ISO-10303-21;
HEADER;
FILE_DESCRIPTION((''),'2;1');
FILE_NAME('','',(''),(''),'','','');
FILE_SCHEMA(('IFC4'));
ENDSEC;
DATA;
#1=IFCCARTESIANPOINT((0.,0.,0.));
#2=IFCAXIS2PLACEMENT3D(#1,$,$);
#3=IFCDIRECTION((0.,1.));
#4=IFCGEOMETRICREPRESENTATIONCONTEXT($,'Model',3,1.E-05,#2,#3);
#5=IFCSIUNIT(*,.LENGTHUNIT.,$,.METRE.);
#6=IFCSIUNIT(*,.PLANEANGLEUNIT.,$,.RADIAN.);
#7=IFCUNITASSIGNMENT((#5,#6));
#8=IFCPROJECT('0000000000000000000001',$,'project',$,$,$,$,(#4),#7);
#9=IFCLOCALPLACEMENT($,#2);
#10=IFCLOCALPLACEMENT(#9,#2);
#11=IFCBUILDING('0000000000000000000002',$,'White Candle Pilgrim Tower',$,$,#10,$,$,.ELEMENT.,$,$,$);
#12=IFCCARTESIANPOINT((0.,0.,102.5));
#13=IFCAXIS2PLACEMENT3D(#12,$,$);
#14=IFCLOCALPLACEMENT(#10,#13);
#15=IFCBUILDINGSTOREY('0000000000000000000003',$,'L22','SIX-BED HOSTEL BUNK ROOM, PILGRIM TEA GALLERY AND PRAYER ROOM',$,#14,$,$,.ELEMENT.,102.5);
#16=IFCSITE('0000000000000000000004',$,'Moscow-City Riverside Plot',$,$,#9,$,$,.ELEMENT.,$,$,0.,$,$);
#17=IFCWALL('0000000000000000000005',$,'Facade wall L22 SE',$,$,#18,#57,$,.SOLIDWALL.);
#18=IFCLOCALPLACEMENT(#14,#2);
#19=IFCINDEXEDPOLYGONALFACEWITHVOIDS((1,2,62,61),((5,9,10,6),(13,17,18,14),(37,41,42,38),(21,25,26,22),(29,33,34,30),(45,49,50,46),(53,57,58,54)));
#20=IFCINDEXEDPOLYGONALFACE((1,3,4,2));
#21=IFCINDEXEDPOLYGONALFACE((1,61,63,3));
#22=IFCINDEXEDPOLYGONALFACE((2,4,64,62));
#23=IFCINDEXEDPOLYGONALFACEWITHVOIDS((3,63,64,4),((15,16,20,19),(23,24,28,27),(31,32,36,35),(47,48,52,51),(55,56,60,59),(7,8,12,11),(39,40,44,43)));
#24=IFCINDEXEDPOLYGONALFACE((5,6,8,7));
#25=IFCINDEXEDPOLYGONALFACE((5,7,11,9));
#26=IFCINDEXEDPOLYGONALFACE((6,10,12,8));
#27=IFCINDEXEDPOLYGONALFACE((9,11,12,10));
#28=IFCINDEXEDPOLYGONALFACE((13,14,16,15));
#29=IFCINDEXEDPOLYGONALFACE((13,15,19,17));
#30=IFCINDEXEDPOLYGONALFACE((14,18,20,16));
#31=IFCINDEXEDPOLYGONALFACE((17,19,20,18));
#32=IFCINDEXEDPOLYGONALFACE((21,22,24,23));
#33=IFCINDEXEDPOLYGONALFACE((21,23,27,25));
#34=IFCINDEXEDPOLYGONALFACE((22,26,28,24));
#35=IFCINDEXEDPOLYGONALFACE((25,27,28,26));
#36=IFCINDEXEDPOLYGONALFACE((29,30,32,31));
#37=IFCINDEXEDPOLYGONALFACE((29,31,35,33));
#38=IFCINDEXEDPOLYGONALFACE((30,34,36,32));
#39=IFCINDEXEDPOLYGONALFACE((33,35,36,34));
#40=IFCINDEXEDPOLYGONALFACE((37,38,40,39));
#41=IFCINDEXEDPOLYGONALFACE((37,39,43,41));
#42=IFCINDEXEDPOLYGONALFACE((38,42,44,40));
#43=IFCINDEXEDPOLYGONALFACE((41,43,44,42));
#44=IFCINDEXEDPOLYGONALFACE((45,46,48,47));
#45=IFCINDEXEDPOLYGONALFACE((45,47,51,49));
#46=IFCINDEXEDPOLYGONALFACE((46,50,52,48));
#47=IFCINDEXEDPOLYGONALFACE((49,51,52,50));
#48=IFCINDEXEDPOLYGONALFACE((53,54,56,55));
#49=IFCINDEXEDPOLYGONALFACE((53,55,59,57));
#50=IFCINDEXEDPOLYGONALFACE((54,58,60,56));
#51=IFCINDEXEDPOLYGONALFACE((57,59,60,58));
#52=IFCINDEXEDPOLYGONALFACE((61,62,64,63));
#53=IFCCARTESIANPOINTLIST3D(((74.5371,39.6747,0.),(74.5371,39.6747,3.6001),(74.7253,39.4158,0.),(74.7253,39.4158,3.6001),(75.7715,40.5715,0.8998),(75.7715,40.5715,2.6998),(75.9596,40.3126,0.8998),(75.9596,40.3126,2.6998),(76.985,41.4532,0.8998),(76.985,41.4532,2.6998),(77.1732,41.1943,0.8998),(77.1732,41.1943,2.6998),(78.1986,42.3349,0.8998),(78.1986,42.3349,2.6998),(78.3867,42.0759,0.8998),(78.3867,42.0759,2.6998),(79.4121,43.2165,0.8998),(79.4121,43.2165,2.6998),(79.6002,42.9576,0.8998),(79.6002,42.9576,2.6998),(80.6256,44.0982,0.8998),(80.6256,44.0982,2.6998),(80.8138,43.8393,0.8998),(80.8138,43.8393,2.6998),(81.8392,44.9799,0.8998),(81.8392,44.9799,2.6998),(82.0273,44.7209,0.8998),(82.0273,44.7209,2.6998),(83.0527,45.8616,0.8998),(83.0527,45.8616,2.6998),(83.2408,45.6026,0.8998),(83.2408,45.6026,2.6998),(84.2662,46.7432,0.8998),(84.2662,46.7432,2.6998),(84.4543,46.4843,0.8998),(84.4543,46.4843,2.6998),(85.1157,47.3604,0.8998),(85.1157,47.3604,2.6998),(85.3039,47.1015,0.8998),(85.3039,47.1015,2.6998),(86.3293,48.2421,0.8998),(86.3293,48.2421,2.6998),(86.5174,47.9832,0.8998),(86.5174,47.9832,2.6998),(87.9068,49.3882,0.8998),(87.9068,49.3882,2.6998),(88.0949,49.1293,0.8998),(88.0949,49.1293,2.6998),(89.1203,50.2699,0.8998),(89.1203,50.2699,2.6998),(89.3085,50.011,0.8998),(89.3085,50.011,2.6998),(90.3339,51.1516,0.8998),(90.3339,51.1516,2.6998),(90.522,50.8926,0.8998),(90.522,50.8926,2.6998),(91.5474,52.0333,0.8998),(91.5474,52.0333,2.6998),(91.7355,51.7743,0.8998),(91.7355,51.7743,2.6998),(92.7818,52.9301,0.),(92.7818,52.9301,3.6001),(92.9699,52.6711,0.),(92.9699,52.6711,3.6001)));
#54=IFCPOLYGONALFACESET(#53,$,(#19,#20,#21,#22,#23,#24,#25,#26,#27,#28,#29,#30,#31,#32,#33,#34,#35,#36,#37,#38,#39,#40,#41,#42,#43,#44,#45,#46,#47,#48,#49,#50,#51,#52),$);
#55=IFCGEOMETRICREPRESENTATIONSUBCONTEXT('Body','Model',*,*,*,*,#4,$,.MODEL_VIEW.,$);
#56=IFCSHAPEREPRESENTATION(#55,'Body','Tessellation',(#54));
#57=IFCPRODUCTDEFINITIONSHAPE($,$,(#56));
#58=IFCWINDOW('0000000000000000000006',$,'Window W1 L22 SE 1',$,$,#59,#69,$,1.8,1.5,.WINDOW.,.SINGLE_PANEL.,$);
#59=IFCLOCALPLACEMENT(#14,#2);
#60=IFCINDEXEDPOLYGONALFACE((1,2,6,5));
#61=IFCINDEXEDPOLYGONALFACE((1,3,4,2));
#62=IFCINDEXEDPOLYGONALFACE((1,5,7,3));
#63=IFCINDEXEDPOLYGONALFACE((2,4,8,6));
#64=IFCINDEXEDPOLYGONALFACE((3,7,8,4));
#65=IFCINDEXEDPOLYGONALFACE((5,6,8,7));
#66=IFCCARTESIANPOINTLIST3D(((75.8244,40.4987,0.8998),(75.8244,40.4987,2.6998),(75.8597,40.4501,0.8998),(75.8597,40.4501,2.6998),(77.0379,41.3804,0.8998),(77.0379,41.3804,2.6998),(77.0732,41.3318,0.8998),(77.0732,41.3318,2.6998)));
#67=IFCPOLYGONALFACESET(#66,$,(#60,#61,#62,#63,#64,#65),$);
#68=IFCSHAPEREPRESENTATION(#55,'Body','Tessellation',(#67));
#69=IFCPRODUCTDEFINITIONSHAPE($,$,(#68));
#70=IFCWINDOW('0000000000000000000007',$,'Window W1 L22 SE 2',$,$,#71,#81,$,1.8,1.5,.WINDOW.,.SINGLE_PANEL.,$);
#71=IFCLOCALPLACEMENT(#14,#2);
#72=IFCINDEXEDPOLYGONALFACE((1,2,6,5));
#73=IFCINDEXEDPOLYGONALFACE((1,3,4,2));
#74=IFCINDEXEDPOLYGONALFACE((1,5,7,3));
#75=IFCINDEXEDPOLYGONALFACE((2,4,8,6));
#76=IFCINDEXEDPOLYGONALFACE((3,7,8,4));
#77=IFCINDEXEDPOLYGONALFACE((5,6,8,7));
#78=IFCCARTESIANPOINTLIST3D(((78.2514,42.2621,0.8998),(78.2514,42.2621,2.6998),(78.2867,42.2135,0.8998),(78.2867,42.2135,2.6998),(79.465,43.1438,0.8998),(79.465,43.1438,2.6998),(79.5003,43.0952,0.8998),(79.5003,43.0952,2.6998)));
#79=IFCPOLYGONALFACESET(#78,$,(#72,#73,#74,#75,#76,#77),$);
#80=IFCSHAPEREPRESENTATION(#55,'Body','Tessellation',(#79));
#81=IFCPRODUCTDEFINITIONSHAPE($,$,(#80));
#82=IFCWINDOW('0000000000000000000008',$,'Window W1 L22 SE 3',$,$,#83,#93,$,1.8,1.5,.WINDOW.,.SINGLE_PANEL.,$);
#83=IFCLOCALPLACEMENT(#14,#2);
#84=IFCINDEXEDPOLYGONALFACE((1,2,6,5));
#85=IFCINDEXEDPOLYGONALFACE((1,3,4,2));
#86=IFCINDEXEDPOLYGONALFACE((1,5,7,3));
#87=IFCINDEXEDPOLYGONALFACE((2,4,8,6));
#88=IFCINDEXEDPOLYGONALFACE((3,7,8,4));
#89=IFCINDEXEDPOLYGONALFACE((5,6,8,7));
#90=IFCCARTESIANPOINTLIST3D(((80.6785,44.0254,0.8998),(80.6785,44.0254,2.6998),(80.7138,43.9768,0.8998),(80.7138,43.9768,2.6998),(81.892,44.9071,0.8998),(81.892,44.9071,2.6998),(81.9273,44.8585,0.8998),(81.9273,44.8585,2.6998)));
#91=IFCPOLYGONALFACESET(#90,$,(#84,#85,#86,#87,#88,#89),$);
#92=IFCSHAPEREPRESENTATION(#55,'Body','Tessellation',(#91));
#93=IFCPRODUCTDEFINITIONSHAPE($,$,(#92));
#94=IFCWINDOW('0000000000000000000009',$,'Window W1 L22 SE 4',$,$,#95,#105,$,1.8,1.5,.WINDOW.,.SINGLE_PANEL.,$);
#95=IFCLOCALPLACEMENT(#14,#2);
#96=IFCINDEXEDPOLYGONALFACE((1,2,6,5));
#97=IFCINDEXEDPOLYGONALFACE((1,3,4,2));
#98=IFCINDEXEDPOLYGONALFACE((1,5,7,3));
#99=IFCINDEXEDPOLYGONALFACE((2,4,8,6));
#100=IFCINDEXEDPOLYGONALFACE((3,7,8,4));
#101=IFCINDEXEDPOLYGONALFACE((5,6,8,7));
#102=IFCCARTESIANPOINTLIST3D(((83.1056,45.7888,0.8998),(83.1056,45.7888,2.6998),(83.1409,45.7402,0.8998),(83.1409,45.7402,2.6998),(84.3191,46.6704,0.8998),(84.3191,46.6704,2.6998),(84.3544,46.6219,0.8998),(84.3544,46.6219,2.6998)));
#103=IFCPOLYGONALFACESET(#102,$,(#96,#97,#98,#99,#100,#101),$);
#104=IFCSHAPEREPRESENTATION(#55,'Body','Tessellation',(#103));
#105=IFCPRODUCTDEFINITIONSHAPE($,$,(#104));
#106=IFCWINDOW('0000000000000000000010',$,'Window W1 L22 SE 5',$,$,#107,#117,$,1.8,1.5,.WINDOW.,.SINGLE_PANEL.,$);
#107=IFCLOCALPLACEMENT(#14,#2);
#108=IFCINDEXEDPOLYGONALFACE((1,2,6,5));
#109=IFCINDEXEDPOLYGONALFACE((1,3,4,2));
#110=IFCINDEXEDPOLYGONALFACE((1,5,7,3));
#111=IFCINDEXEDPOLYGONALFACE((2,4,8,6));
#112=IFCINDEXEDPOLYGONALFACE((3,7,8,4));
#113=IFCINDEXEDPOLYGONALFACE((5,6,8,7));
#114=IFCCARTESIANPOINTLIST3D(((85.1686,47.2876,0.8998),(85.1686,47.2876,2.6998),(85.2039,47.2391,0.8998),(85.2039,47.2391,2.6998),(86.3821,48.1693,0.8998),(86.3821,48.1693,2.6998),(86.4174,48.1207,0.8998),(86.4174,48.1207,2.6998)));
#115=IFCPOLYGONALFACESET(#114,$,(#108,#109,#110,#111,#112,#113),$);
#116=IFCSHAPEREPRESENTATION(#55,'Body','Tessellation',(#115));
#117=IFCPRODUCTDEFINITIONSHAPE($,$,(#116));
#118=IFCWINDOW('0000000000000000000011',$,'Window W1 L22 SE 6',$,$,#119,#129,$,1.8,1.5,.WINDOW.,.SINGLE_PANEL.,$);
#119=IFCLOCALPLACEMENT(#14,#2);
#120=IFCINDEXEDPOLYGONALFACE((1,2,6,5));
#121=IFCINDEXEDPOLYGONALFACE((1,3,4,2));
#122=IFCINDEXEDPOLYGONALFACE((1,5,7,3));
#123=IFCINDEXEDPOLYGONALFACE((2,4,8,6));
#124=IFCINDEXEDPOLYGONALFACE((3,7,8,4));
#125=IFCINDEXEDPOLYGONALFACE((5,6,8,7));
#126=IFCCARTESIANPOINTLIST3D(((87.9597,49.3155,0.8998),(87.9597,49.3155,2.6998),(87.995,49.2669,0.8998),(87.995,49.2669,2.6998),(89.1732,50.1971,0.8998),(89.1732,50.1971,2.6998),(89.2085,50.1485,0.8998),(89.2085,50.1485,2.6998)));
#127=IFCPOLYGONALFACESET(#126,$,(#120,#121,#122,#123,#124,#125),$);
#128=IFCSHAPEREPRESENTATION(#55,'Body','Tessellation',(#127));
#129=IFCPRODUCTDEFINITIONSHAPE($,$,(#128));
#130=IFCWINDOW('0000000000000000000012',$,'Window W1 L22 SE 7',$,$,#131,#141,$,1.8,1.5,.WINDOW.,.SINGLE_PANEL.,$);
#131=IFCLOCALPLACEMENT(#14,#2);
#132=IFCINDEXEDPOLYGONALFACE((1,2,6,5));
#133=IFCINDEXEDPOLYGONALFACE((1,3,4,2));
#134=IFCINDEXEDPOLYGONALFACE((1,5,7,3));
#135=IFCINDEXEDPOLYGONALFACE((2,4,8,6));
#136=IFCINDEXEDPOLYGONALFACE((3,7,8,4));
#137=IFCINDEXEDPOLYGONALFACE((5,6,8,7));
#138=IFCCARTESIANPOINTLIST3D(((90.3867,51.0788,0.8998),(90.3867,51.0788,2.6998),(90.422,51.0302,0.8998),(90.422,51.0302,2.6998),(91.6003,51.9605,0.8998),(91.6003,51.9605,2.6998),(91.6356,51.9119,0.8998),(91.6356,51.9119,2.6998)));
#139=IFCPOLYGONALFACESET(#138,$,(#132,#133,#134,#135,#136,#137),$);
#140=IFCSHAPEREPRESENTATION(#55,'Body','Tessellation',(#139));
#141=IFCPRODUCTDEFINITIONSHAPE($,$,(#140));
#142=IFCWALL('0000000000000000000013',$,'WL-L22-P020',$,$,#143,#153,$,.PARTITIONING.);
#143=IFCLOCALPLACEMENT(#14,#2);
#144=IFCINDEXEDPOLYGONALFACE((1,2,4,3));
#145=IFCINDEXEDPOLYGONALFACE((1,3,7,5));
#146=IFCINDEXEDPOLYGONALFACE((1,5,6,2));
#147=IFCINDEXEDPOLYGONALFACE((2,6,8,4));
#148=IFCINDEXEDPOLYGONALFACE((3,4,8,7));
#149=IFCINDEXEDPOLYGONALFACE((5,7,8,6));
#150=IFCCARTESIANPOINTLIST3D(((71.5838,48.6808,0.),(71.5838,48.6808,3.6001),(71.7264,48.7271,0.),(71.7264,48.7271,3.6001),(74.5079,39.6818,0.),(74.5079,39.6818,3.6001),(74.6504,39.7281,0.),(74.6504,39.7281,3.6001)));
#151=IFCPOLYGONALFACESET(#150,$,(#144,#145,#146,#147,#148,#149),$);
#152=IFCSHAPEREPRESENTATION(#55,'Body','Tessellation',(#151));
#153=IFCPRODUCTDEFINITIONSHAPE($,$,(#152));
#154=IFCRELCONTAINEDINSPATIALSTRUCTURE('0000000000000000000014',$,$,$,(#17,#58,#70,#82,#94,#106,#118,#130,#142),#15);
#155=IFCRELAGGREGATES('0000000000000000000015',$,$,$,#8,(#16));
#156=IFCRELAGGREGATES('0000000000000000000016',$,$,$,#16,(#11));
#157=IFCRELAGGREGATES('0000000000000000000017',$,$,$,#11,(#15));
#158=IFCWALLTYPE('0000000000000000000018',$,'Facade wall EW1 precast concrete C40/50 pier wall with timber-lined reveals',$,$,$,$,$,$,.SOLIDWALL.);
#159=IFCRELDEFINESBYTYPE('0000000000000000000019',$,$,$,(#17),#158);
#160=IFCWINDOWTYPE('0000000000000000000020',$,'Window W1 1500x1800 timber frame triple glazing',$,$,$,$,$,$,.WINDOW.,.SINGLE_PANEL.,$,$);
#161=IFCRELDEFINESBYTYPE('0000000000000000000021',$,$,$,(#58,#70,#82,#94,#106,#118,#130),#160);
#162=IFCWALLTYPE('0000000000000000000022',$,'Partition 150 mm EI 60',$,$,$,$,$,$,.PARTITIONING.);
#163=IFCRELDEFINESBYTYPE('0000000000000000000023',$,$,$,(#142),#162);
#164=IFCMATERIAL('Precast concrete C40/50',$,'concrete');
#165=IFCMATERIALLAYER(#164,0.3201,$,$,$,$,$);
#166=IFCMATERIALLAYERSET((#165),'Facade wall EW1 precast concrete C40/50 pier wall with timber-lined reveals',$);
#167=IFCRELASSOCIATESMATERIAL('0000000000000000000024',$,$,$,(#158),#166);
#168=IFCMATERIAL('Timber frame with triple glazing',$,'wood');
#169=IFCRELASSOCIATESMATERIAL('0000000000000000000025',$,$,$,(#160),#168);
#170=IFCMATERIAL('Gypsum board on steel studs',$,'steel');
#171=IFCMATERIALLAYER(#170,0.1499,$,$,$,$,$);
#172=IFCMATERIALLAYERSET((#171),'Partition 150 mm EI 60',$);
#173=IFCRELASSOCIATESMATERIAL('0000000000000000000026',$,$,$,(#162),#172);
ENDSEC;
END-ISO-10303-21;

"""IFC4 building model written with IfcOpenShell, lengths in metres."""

from ifc_helpers import new_model, si_unit, direction, frame, frame_2d, origin, place, context, subcontext, project, spatial, rectangle, extrude, material, layer, layer_set, type_object, element, fill, save


model = new_model("IFC4")

# Units and contexts
model_context = context("Model", 3, precision=1e-05, world=origin(), true_north=direction((0.0, 1.0)))
body_context = subcontext(model_context, "Body", "Model", "MODEL_VIEW")
ifc_project = project(units=[si_unit("LENGTHUNIT", "METRE"), si_unit("PLANEANGLEUNIT", "RADIAN")], contexts=[model_context])

# Site, building, storey
site_placement = place(None, origin())
site = spatial("IfcSite", under=ifc_project, at=site_placement, Name="Moscow-City Riverside Plot", CompositionType="ELEMENT", RefElevation=0.0)
building_placement = place(site_placement, origin())
building = spatial("IfcBuilding", under=site, at=building_placement, Name="White Candle Pilgrim Tower", CompositionType="ELEMENT")
storey_placement = place(building_placement, frame((0.0, 0.0, 102.5)))
storey = spatial("IfcBuildingStorey", under=building, at=storey_placement, Name="L22", Description="SIX-BED HOSTEL BUNK ROOM, PILGRIM TEA GALLERY AND PRAYER ROOM", CompositionType="ELEMENT", Elevation=102.5)

# Shared definitions
ifc_material_1 = material(Name="Gypsum board on steel studs", Category="steel")

# Wall, openings, windows
ifc_material_2 = material(Name="Precast concrete C40/50", Category="concrete")
ifc_layer_1 = layer(ifc_material_2, 0.3201)
ifc_layer_set_1 = layer_set([ifc_layer_1], Name="Facade wall EW1 precast concrete C40/50 pier wall with timber-lined reveals")
wall_type_1 = type_object("IfcWallType", Name="Facade wall EW1 precast concrete C40/50 pier wall with timber-lined reveals", PredefinedType="SOLIDWALL", material=ifc_layer_set_1)
wall_1_placement = place(storey_placement, frame((74.6311, 39.5452, 0.0), z_axis=(0.0, 0.0, 1.0), x_axis=(0.80902, 0.587782, 0.0)))
wall_1 = element("IfcWall", 1, at=wall_1_placement, inside=storey, type_object=wall_type_1, Name="Facade wall L22 SE", PredefinedType="SOLIDWALL", context=body_context, shape_type="SweptSolid", body=[
    extrude(rectangle(XDim=22.5515, YDim=0.3201, at=frame_2d((11.2759, 0.0))), origin(), (0.0, 0.0, 1.0), 3.6001),
])
opening_1_placement = place(wall_1_placement, frame((1.5259, 0.0, 0.8999)))
opening_1 = element("IfcOpeningElement", 2, at=opening_1_placement, cuts=wall_1, PredefinedType="OPENING", context=body_context, shape_type="SweptSolid", body=[
    extrude(rectangle(XDim=1.5, YDim=1.8, at=frame_2d((0.75, 0.8999))), frame((0.0, 0.1699, 0.0), z_axis=(0.0, -1.0, 0.0), x_axis=(1.0, 0.0, 0.0)), (0.0, 0.0, 1.0), 0.3401),
])
opening_2_placement = place(wall_1_placement, frame((4.5259, 0.0, 0.8999)))
opening_2 = element("IfcOpeningElement", 3, at=opening_2_placement, cuts=wall_1, PredefinedType="OPENING", context=body_context, shape_type="SweptSolid", body=[
    extrude(rectangle(XDim=1.5, YDim=1.8, at=frame_2d((0.75, 0.8999))), frame((0.0, 0.1699, 0.0), z_axis=(0.0, -1.0, 0.0), x_axis=(1.0, 0.0, 0.0)), (0.0, 0.0, 1.0), 0.3401),
])
opening_3_placement = place(wall_1_placement, frame((7.5259, 0.0, 0.8999)))
opening_3 = element("IfcOpeningElement", 4, at=opening_3_placement, cuts=wall_1, PredefinedType="OPENING", context=body_context, shape_type="SweptSolid", body=[
    extrude(rectangle(XDim=1.5, YDim=1.8, at=frame_2d((0.75, 0.8999))), frame((0.0, 0.1699, 0.0), z_axis=(0.0, -1.0, 0.0), x_axis=(1.0, 0.0, 0.0)), (0.0, 0.0, 1.0), 0.3401),
])
opening_4_placement = place(wall_1_placement, frame((10.5259, 0.0, 0.8999)))
opening_4 = element("IfcOpeningElement", 5, at=opening_4_placement, cuts=wall_1, PredefinedType="OPENING", context=body_context, shape_type="SweptSolid", body=[
    extrude(rectangle(XDim=1.5, YDim=1.8, at=frame_2d((0.75, 0.8999))), frame((0.0, 0.1699, 0.0), z_axis=(0.0, -1.0, 0.0), x_axis=(1.0, 0.0, 0.0)), (0.0, 0.0, 1.0), 0.3401),
])
opening_5_placement = place(wall_1_placement, frame((13.0759, 0.0, 0.8999)))
opening_5 = element("IfcOpeningElement", 6, at=opening_5_placement, cuts=wall_1, PredefinedType="OPENING", context=body_context, shape_type="SweptSolid", body=[
    extrude(rectangle(XDim=1.5, YDim=1.8, at=frame_2d((0.75, 0.8999))), frame((0.0, 0.1699, 0.0), z_axis=(0.0, -1.0, 0.0), x_axis=(1.0, 0.0, 0.0)), (0.0, 0.0, 1.0), 0.3401),
])
opening_6_placement = place(wall_1_placement, frame((16.5259, 0.0, 0.8999)))
opening_6 = element("IfcOpeningElement", 7, at=opening_6_placement, cuts=wall_1, PredefinedType="OPENING", context=body_context, shape_type="SweptSolid", body=[
    extrude(rectangle(XDim=1.5, YDim=1.8, at=frame_2d((0.75, 0.8999))), frame((0.0, 0.1699, 0.0), z_axis=(0.0, -1.0, 0.0), x_axis=(1.0, 0.0, 0.0)), (0.0, 0.0, 1.0), 0.3401),
])
opening_7_placement = place(wall_1_placement, frame((19.5259, 0.0, 0.8999)))
opening_7 = element("IfcOpeningElement", 8, at=opening_7_placement, cuts=wall_1, PredefinedType="OPENING", context=body_context, shape_type="SweptSolid", body=[
    extrude(rectangle(XDim=1.5, YDim=1.8, at=frame_2d((0.75, 0.8999))), frame((0.0, 0.1699, 0.0), z_axis=(0.0, -1.0, 0.0), x_axis=(1.0, 0.0, 0.0)), (0.0, 0.0, 1.0), 0.3401),
])
ifc_material_3 = material(Name="Timber frame with triple glazing", Category="wood")
window_type = type_object("IfcWindowType", Name="Window W1 1500x1800 timber frame triple glazing", PartitioningType="SINGLE_PANEL", PredefinedType="WINDOW", material=ifc_material_3)
window_1_placement = place(opening_1_placement, origin())
window_1 = element("IfcWindow", 9, at=window_1_placement, inside=storey, type_object=window_type, Name="Window W1 L22 SE 1", OverallHeight=1.8, OverallWidth=1.5, PartitioningType="SINGLE_PANEL", PredefinedType="WINDOW", context=body_context, shape_type="SweptSolid", body=[
    extrude(rectangle(XDim=1.5, YDim=1.8, at=frame_2d((0.75, 0.8999))), frame((0.0, 0.0701, 0.0), z_axis=(0.0, -1.0, 0.0), x_axis=(1.0, 0.0, 0.0)), (0.0, 0.0, 1.0), 0.0601),
])
fill(opening_1, window_1)
window_2_placement = place(opening_2_placement, origin())
window_2 = element("IfcWindow", 10, at=window_2_placement, inside=storey, type_object=window_type, Name="Window W1 L22 SE 2", OverallHeight=1.8, OverallWidth=1.5, PartitioningType="SINGLE_PANEL", PredefinedType="WINDOW", context=body_context, shape_type="SweptSolid", body=[
    extrude(rectangle(XDim=1.5, YDim=1.8, at=frame_2d((0.75, 0.8999))), frame((0.0, 0.0701, 0.0), z_axis=(0.0, -1.0, 0.0), x_axis=(1.0, 0.0, 0.0)), (0.0, 0.0, 1.0), 0.0601),
])
fill(opening_2, window_2)
window_3_placement = place(opening_3_placement, origin())
window_3 = element("IfcWindow", 11, at=window_3_placement, inside=storey, type_object=window_type, Name="Window W1 L22 SE 3", OverallHeight=1.8, OverallWidth=1.5, PartitioningType="SINGLE_PANEL", PredefinedType="WINDOW", context=body_context, shape_type="SweptSolid", body=[
    extrude(rectangle(XDim=1.5, YDim=1.8, at=frame_2d((0.75, 0.8999))), frame((0.0, 0.0701, 0.0), z_axis=(0.0, -1.0, 0.0), x_axis=(1.0, 0.0, 0.0)), (0.0, 0.0, 1.0), 0.0601),
])
fill(opening_3, window_3)
window_4_placement = place(opening_4_placement, origin())
window_4 = element("IfcWindow", 12, at=window_4_placement, inside=storey, type_object=window_type, Name="Window W1 L22 SE 4", OverallHeight=1.8, OverallWidth=1.5, PartitioningType="SINGLE_PANEL", PredefinedType="WINDOW", context=body_context, shape_type="SweptSolid", body=[
    extrude(rectangle(XDim=1.5, YDim=1.8, at=frame_2d((0.75, 0.8999))), frame((0.0, 0.0701, 0.0), z_axis=(0.0, -1.0, 0.0), x_axis=(1.0, 0.0, 0.0)), (0.0, 0.0, 1.0), 0.0601),
])
fill(opening_4, window_4)
window_5_placement = place(opening_5_placement, origin())
window_5 = element("IfcWindow", 13, at=window_5_placement, inside=storey, type_object=window_type, Name="Window W1 L22 SE 5", OverallHeight=1.8, OverallWidth=1.5, PartitioningType="SINGLE_PANEL", PredefinedType="WINDOW", context=body_context, shape_type="SweptSolid", body=[
    extrude(rectangle(XDim=1.5, YDim=1.8, at=frame_2d((0.75, 0.8999))), frame((0.0, 0.0701, 0.0), z_axis=(0.0, -1.0, 0.0), x_axis=(1.0, 0.0, 0.0)), (0.0, 0.0, 1.0), 0.0601),
])
fill(opening_5, window_5)
window_6_placement = place(opening_6_placement, origin())
window_6 = element("IfcWindow", 14, at=window_6_placement, inside=storey, type_object=window_type, Name="Window W1 L22 SE 6", OverallHeight=1.8, OverallWidth=1.5, PartitioningType="SINGLE_PANEL", PredefinedType="WINDOW", context=body_context, shape_type="SweptSolid", body=[
    extrude(rectangle(XDim=1.5, YDim=1.8, at=frame_2d((0.75, 0.8999))), frame((0.0, 0.0701, 0.0), z_axis=(0.0, -1.0, 0.0), x_axis=(1.0, 0.0, 0.0)), (0.0, 0.0, 1.0), 0.0601),
])
fill(opening_6, window_6)
window_7_placement = place(opening_7_placement, origin())
window_7 = element("IfcWindow", 15, at=window_7_placement, inside=storey, type_object=window_type, Name="Window W1 L22 SE 7", OverallHeight=1.8, OverallWidth=1.5, PartitioningType="SINGLE_PANEL", PredefinedType="WINDOW", context=body_context, shape_type="SweptSolid", body=[
    extrude(rectangle(XDim=1.5, YDim=1.8, at=frame_2d((0.75, 0.8999))), frame((0.0, 0.0701, 0.0), z_axis=(0.0, -1.0, 0.0), x_axis=(1.0, 0.0, 0.0)), (0.0, 0.0, 1.0), 0.0601),
])
fill(opening_7, window_7)

# Wall
ifc_layer_2 = layer(ifc_material_1, 0.1499)
ifc_layer_set_2 = layer_set([ifc_layer_2], Name="Partition 150 mm EI 60")
wall_type_2 = type_object("IfcWallType", Name="Partition 150 mm EI 60", PredefinedType="PARTITIONING", material=ifc_layer_set_2)
wall_2_placement = place(storey_placement, frame((74.5791, 39.7051, 0.0), z_axis=(0.0, 0.0, 1.0), x_axis=(-0.309028, 0.951053, 0.0)))
element("IfcWall", 16, at=wall_2_placement, inside=storey, type_object=wall_type_2, Name="WL-L22-P020", PredefinedType="PARTITIONING", context=body_context, shape_type="SweptSolid", body=[
    extrude(rectangle(XDim=9.4622, YDim=0.1499, at=frame_2d((4.731, 0.0))), origin(), (0.0, 0.0, 1.0), 3.6001),
])

save(model, "model.ifc")
